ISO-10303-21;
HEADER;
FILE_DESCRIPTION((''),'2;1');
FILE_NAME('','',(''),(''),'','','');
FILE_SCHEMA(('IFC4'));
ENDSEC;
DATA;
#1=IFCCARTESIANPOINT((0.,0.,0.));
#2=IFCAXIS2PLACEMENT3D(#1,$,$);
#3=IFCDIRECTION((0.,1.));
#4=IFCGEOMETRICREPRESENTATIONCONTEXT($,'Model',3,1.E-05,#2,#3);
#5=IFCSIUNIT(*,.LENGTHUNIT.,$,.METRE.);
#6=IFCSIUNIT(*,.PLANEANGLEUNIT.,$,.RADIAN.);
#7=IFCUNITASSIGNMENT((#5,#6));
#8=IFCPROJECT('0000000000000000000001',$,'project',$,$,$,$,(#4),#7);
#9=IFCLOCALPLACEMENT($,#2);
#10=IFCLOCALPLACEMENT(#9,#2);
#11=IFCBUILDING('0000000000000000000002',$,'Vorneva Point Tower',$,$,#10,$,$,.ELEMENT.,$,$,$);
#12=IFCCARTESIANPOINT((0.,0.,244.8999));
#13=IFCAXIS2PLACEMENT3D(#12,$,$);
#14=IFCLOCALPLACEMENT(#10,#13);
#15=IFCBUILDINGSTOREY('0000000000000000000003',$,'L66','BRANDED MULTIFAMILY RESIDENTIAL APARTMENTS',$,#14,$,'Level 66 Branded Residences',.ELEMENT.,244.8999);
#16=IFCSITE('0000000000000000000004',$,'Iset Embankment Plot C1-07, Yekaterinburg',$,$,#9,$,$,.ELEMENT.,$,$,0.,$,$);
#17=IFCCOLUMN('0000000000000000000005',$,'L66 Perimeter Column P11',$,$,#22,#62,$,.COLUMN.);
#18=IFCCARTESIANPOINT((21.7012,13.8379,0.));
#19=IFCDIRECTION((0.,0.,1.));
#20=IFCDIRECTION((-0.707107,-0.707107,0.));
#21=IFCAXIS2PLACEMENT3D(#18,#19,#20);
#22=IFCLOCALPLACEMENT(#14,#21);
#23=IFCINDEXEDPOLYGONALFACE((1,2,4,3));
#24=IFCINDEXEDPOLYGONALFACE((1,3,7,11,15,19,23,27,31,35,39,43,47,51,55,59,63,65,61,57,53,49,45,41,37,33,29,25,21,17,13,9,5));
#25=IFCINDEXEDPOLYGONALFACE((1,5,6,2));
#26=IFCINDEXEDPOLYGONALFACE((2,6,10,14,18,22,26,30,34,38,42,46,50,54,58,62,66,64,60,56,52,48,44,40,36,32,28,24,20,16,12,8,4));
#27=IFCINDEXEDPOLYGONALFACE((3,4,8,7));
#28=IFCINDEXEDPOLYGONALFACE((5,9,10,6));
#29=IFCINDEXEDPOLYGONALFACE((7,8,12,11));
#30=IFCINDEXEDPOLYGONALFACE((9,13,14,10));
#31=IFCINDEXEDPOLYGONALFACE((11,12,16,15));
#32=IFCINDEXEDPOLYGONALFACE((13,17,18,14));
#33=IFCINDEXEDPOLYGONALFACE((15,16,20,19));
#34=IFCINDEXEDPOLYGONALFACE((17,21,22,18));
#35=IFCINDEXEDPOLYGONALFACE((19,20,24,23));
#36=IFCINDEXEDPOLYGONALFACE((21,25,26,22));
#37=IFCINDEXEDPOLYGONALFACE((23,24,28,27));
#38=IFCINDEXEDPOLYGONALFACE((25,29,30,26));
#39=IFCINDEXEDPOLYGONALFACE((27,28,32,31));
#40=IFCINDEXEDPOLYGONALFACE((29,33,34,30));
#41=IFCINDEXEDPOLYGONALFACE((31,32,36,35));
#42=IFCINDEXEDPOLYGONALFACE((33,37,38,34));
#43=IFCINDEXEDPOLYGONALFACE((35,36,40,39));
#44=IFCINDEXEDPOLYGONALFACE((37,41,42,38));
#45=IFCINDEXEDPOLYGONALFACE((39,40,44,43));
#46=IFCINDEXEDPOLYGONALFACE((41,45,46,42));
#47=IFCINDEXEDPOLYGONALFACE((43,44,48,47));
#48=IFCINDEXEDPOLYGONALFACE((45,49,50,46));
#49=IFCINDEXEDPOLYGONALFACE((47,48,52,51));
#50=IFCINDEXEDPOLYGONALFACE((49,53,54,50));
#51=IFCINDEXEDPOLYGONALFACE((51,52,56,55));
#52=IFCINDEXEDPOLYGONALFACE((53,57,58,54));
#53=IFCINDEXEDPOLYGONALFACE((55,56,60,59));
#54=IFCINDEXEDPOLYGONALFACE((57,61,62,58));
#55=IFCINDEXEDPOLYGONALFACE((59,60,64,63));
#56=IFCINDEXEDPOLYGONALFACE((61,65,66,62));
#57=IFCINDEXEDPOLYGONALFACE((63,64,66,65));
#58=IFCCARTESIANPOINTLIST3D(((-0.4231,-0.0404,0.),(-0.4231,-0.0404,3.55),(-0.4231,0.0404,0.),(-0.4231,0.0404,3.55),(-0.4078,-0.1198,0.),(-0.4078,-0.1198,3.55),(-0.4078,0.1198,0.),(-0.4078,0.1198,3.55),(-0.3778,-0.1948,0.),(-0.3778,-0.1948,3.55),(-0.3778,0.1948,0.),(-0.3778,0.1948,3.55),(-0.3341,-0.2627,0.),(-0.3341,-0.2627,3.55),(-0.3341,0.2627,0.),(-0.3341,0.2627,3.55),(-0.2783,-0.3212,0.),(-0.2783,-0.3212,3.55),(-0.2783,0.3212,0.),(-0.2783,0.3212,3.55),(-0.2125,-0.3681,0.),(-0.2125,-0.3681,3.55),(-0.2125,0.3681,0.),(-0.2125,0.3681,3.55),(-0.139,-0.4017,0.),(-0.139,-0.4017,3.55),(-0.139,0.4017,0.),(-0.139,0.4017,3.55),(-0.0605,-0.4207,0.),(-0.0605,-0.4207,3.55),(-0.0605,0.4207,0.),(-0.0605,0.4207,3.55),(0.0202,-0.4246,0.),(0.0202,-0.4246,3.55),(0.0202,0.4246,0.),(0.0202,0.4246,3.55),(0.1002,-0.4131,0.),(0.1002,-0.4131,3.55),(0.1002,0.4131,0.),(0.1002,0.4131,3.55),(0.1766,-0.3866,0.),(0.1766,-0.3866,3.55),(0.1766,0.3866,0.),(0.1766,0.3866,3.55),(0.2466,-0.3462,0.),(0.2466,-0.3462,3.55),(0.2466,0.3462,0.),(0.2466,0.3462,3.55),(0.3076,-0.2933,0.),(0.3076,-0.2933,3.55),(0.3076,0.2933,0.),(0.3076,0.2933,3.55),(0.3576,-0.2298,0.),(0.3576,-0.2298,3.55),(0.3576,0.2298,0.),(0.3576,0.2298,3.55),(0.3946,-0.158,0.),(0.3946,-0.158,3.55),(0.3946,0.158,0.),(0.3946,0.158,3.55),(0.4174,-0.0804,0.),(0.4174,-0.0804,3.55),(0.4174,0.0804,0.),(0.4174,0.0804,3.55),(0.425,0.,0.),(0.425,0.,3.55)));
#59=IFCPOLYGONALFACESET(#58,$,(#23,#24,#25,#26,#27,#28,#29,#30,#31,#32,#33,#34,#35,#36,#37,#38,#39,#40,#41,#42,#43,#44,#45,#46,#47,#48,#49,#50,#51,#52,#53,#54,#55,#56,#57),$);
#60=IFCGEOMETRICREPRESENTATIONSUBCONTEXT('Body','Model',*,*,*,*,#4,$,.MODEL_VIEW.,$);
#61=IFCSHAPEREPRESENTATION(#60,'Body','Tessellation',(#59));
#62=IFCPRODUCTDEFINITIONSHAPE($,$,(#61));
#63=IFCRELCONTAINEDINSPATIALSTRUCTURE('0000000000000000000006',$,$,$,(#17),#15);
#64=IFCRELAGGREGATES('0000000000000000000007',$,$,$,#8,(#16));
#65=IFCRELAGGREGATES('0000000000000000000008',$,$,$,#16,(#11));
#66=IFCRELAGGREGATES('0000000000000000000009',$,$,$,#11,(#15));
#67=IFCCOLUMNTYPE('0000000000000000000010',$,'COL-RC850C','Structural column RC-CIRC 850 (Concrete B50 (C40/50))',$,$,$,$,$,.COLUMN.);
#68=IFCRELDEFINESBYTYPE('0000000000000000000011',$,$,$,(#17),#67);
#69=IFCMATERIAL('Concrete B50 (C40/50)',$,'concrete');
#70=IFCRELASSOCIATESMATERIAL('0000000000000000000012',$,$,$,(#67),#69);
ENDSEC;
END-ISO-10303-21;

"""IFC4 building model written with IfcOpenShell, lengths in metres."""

from ifc_helpers import new_model, si_unit, direction, frame, origin, origin_2d, place, context, subcontext, project, spatial, circle, extrude, material, material_profile, profile_set, type_object, element, save


model = new_model("IFC4")

# Units and contexts
model_context = context("Model", 3, precision=1e-05, world=origin(), true_north=direction((0.0, 1.0)))
body_context = subcontext(model_context, "Body", "Model", "MODEL_VIEW")
ifc_project = project(units=[si_unit("LENGTHUNIT", "METRE"), si_unit("PLANEANGLEUNIT", "RADIAN")], contexts=[model_context])

# Site, building, storey
site_placement = place(None, origin())
site = spatial("IfcSite", under=ifc_project, at=site_placement, Name="Iset Embankment Plot C1-07, Yekaterinburg", CompositionType="ELEMENT", RefElevation=0.0)
building_placement = place(site_placement, origin())
building = spatial("IfcBuilding", under=site, at=building_placement, Name="Vorneva Point Tower", CompositionType="ELEMENT")
storey_placement = place(building_placement, frame((0.0, 0.0, 244.8999)))
storey = spatial("IfcBuildingStorey", under=building, at=storey_placement, Name="L66", Description="BRANDED MULTIFAMILY RESIDENTIAL APARTMENTS", LongName="Level 66 Branded Residences", CompositionType="ELEMENT", Elevation=244.8999)

# Column
ifc_material_1 = material(Name="Concrete B50 (C40/50)", Category="concrete")
ifc_material_profile_1 = material_profile(ifc_material_1, circle(Radius=0.425, at=origin_2d()), Name="RC-CIRC 850")
ifc_profile_set_1 = profile_set([ifc_material_profile_1], Name="Concrete B50 (C40/50)")
column_type = type_object("IfcColumnType", Name="COL-RC850C", Description="Structural column RC-CIRC 850 (Concrete B50 (C40/50))", PredefinedType="COLUMN", material=ifc_profile_set_1)
column_placement = place(storey_placement, frame((21.7012, 13.8379, 0.0), z_axis=(0.0, 0.0, 1.0), x_axis=(-0.707107, -0.707107, 0.0)))
element("IfcColumn", 1, at=column_placement, inside=storey, type_object=column_type, Name="L66 Perimeter Column P11", PredefinedType="COLUMN", context=body_context, shape_type="SweptSolid", body=[
    extrude(circle(Radius=0.425, at=origin_2d()), origin(), (0.0, 0.0, 1.0), 3.55),
])

save(model, "model.ifc")
